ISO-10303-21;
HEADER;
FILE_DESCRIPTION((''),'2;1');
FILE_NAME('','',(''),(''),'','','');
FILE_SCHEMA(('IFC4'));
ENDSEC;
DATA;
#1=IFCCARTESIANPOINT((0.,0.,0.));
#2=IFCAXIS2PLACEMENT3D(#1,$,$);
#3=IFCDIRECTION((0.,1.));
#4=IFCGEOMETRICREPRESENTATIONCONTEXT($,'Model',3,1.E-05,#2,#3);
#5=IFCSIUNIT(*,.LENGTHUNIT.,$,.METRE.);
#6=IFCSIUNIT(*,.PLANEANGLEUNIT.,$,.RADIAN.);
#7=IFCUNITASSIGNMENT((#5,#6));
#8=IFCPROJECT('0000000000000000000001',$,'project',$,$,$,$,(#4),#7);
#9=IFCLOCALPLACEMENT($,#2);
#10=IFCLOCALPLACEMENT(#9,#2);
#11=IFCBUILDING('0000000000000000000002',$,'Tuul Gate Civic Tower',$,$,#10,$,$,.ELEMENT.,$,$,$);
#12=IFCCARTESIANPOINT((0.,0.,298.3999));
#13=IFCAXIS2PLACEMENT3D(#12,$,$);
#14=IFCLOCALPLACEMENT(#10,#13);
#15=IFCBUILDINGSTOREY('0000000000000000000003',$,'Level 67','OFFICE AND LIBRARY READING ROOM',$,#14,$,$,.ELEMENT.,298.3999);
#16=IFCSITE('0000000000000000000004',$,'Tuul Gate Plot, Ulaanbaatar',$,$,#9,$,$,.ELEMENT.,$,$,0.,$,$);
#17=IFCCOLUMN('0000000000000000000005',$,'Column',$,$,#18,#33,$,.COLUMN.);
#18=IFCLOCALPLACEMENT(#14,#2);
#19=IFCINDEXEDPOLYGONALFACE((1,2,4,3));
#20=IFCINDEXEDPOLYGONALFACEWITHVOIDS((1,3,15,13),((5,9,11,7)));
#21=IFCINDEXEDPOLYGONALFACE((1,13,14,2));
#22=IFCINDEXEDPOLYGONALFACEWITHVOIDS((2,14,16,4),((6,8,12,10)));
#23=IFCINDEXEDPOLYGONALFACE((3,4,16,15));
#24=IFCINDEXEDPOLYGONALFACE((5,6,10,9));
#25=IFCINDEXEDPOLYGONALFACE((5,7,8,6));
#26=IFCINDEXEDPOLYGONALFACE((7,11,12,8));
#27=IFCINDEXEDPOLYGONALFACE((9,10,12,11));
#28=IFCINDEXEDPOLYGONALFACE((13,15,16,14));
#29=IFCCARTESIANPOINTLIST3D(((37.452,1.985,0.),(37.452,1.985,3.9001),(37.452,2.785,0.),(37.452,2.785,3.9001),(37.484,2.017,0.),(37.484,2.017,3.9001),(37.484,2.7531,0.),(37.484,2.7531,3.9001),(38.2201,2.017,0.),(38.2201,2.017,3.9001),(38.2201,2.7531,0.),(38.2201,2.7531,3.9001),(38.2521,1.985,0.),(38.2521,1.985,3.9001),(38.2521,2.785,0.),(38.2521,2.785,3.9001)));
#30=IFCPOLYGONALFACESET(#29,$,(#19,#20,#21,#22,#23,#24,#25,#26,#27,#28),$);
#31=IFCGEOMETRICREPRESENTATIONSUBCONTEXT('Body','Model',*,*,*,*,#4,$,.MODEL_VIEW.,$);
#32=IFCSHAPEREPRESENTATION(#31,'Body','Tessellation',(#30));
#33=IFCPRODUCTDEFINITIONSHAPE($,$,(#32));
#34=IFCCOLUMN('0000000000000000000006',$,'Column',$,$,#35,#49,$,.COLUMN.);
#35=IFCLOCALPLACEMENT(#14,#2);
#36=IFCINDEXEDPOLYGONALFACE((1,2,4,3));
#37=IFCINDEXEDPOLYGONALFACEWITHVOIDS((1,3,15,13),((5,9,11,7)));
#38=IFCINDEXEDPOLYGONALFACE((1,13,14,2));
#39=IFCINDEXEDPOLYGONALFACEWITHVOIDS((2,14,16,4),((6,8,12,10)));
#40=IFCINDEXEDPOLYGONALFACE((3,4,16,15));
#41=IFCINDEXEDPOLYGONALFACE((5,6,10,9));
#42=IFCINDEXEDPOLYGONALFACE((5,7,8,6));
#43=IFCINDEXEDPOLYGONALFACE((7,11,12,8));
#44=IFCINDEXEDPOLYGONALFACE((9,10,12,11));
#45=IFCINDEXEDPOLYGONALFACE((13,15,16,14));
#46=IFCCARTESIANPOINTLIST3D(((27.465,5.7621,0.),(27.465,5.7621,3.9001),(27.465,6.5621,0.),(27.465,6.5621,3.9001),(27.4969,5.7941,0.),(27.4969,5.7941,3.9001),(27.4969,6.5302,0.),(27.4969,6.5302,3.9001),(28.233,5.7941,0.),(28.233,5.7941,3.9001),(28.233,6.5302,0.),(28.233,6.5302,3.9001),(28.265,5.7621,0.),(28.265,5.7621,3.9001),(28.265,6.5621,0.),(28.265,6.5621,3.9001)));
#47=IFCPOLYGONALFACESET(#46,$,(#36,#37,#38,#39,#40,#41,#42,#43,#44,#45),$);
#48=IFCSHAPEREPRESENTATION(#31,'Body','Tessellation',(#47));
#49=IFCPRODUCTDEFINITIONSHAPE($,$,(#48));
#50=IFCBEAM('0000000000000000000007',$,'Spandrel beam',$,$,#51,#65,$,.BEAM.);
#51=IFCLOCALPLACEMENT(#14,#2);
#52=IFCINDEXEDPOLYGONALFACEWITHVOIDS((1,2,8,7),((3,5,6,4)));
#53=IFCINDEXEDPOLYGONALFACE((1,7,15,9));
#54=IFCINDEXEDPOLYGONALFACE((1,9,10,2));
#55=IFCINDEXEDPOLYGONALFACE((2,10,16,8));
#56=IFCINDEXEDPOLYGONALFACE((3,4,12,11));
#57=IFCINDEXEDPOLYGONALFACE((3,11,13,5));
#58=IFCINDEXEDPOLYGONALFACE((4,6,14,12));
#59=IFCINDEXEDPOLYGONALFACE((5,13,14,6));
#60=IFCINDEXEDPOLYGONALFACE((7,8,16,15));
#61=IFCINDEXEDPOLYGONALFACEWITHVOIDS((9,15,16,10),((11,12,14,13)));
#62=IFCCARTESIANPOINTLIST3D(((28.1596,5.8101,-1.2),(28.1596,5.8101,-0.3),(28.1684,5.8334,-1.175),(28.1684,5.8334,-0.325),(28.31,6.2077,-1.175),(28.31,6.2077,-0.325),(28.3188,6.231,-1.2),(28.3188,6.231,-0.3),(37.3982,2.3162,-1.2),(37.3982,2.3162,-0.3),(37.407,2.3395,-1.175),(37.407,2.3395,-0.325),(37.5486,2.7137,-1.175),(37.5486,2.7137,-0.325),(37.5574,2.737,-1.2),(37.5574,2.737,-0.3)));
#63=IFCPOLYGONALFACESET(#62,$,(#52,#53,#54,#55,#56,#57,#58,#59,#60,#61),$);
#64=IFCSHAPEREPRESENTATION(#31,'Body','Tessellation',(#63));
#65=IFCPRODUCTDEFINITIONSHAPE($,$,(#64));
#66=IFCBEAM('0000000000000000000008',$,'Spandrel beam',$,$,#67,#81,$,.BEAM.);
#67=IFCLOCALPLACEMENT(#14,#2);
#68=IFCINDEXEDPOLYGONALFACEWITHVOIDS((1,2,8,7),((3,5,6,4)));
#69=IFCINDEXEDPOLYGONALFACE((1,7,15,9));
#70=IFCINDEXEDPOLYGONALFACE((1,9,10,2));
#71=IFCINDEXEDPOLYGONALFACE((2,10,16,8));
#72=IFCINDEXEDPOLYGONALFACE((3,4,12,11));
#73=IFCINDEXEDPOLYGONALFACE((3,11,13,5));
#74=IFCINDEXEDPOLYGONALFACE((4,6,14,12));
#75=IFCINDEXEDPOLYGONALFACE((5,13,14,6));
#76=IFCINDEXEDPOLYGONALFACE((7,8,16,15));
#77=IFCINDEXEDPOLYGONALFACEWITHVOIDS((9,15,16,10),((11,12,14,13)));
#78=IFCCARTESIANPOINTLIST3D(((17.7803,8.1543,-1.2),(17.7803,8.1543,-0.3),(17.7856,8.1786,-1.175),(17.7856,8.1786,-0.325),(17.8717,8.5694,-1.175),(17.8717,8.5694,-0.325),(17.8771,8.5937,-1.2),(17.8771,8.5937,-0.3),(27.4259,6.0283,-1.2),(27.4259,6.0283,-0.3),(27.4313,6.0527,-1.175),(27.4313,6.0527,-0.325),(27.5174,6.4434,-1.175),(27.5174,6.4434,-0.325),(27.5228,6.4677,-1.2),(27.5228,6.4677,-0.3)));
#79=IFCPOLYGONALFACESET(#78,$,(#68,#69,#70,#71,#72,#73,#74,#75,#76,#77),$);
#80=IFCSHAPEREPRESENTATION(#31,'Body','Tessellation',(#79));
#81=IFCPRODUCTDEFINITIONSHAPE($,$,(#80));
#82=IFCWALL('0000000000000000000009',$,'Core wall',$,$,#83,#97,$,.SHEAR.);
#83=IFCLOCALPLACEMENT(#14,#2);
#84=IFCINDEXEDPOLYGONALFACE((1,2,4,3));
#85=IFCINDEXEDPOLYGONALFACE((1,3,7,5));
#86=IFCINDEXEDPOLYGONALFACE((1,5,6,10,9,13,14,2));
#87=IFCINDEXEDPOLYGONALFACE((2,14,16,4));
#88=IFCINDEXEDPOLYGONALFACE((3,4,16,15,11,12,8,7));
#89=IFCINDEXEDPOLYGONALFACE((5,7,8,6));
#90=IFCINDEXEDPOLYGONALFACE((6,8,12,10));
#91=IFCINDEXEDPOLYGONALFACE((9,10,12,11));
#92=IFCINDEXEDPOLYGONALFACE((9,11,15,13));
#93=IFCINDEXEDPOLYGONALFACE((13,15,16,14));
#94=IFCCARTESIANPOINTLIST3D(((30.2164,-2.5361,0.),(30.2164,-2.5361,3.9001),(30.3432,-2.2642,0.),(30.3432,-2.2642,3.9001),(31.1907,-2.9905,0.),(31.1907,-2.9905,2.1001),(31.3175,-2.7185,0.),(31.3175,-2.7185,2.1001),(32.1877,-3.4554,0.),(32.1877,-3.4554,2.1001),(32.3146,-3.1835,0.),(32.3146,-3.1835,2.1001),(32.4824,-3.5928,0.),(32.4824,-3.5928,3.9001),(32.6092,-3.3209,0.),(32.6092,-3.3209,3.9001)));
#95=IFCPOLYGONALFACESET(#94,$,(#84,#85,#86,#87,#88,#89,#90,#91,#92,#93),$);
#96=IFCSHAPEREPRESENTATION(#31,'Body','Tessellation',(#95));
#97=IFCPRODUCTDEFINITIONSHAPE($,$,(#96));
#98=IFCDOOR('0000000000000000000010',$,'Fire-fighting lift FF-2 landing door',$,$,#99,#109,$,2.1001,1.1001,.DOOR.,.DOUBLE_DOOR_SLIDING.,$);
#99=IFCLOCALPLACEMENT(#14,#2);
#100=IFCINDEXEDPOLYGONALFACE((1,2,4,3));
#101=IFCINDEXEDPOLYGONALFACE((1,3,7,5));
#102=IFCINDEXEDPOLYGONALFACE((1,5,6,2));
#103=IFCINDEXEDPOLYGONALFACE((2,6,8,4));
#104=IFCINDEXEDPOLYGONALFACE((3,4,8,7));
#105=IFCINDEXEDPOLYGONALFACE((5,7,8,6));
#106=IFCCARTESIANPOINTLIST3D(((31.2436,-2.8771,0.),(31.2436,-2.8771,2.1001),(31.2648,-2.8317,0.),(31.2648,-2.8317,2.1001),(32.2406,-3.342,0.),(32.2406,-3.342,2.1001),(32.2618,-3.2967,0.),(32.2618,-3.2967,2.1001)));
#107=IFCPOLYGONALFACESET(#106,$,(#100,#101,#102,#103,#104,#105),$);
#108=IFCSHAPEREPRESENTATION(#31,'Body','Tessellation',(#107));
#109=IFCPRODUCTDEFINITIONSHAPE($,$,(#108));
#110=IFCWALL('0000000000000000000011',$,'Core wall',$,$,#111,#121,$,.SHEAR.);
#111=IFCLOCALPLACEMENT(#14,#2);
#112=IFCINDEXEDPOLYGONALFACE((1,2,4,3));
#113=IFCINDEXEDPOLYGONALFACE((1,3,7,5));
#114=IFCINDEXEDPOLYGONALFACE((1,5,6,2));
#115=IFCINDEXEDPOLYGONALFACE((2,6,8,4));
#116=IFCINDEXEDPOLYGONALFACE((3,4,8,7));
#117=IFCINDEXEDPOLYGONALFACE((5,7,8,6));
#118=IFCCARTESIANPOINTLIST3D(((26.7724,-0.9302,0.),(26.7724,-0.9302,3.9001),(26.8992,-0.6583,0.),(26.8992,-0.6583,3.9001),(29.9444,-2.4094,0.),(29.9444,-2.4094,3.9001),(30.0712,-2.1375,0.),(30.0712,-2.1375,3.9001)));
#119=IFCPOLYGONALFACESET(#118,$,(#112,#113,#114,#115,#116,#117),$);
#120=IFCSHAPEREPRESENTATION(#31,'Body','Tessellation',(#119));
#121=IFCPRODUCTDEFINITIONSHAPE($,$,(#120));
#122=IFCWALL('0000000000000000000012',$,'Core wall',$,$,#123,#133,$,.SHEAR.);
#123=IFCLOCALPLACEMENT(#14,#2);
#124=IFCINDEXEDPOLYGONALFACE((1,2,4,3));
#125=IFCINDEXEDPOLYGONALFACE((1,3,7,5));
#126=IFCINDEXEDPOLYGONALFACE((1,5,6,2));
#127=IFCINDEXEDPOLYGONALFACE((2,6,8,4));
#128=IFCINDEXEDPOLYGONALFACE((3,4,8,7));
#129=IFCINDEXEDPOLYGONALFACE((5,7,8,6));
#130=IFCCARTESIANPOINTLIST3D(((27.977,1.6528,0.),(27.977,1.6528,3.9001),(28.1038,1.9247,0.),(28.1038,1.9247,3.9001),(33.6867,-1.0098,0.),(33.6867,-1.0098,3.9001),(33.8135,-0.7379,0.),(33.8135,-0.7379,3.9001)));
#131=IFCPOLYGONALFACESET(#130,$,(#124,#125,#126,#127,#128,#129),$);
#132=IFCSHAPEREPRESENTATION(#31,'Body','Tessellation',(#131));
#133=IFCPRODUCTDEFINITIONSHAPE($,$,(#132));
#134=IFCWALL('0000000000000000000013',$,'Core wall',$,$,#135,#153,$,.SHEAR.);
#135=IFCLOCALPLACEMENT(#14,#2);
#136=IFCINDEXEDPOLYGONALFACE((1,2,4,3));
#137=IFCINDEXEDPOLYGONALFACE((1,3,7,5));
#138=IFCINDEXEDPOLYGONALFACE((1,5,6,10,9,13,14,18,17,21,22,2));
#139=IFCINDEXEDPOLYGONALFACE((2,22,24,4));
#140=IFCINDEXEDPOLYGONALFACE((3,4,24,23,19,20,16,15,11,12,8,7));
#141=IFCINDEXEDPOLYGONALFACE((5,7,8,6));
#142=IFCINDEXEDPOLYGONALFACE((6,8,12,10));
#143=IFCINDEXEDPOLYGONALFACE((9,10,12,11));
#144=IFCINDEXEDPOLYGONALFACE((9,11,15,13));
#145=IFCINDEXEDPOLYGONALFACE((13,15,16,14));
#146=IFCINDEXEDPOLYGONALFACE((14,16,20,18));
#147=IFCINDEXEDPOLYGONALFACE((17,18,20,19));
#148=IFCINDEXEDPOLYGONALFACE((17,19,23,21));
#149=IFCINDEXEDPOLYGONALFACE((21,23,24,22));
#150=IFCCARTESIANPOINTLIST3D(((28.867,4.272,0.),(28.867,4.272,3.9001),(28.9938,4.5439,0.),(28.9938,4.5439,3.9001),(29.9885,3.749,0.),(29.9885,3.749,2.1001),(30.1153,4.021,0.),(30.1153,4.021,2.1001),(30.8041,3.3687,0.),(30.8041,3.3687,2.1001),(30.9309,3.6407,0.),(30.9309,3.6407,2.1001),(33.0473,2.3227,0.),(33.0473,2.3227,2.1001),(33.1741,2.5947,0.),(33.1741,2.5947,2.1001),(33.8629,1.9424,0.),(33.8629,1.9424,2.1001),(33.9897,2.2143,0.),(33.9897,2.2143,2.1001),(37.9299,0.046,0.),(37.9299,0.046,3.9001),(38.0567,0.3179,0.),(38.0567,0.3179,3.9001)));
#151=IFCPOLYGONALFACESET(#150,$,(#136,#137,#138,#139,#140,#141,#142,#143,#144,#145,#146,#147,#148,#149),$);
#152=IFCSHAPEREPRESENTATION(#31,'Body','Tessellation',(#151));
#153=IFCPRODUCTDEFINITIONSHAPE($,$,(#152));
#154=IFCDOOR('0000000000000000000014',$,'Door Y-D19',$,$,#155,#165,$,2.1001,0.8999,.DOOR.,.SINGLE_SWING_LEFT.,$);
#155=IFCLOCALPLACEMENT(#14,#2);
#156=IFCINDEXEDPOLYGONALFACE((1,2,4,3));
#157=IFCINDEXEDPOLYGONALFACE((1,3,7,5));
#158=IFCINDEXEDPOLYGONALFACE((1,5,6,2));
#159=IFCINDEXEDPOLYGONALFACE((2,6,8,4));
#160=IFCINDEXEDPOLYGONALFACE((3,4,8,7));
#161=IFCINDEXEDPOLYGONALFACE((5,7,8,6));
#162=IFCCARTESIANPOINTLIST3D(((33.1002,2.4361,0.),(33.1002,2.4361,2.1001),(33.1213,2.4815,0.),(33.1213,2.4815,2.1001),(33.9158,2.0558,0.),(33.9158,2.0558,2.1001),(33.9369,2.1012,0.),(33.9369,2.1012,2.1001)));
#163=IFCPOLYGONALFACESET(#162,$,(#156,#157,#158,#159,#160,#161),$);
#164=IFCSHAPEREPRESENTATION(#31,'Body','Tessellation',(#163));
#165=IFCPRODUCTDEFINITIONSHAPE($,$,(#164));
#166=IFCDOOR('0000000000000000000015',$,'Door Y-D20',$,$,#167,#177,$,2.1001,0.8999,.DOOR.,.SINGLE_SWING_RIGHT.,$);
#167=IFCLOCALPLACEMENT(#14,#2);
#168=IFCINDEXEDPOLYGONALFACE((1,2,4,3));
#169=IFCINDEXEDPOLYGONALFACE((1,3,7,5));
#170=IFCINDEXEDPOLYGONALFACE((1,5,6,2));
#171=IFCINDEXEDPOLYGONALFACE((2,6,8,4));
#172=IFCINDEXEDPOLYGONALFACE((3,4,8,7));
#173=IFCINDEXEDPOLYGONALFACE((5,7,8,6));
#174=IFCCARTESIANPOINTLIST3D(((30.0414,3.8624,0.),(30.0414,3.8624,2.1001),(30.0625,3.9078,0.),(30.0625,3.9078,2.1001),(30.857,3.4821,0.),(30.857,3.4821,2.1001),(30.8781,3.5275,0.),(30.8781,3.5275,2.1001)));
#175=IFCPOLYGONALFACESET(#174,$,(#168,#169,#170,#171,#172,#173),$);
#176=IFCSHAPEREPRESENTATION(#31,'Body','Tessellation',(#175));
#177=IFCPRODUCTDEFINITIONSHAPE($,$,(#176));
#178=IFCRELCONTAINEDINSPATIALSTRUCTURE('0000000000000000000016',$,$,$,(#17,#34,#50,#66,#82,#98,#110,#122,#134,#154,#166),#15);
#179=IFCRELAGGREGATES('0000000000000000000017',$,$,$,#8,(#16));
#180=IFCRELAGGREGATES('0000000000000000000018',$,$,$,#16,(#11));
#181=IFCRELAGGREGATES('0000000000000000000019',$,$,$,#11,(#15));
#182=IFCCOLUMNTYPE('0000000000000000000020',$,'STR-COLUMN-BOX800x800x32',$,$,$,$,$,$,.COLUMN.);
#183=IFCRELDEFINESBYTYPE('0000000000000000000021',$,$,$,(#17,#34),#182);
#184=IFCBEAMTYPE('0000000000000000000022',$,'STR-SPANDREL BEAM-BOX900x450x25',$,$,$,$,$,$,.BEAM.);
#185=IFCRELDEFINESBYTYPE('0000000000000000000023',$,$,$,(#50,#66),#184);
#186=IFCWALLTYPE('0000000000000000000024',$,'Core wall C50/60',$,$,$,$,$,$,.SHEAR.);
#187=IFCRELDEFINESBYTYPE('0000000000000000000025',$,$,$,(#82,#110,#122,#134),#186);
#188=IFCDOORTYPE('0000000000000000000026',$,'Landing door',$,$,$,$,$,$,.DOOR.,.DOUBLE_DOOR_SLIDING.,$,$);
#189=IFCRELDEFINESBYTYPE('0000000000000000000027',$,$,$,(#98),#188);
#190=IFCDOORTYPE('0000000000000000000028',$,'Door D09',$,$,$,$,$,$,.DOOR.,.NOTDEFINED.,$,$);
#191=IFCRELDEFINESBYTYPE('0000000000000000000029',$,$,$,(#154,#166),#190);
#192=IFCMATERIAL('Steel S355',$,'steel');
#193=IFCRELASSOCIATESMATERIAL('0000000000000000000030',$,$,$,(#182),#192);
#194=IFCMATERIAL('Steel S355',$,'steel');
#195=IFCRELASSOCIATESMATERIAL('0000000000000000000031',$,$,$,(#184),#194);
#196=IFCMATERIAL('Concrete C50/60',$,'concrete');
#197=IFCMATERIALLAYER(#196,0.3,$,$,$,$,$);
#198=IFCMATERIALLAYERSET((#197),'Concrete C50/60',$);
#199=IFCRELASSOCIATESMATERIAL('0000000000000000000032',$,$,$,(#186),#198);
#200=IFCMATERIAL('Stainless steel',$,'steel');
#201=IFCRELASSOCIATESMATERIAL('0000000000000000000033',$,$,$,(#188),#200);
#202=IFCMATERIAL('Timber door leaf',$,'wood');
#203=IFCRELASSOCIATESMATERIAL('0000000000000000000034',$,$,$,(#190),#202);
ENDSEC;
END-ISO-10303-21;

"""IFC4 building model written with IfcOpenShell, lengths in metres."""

from ifc_helpers import new_model, si_unit, direction, frame, frame_2d, origin, origin_2d, place, context, subcontext, project, spatial, rectangle, hollow_rectangle, extrude, material, layer, layer_set, material_profile, profile_set, type_object, element, fill, save


model = new_model("IFC4")

# Units and contexts
model_context = context("Model", 3, precision=1e-05, world=origin(), true_north=direction((0.0, 1.0)))
body_context = subcontext(model_context, "Body", "Model", "MODEL_VIEW")
ifc_project = project(units=[si_unit("LENGTHUNIT", "METRE"), si_unit("PLANEANGLEUNIT", "RADIAN")], contexts=[model_context])

# Site, building, storey
site_placement = place(None, origin())
site = spatial("IfcSite", under=ifc_project, at=site_placement, Name="Tuul Gate Plot, Ulaanbaatar", CompositionType="ELEMENT", RefElevation=0.0)
building_placement = place(site_placement, origin())
building = spatial("IfcBuilding", under=site, at=building_placement, Name="Tuul Gate Civic Tower", CompositionType="ELEMENT")
storey_placement = place(building_placement, frame((0.0, 0.0, 298.3999)))
storey = spatial("IfcBuildingStorey", under=building, at=storey_placement, Name="Level 67", Description="OFFICE AND LIBRARY READING ROOM", CompositionType="ELEMENT", Elevation=298.3999)

# Columns
ifc_material_1 = material(Name="Steel S355", Category="steel")
ifc_material_profile_1 = material_profile(ifc_material_1, hollow_rectangle(XDim=0.8, YDim=0.8, WallThickness=0.032, at=origin_2d()), Name="BOX800x800x32")
ifc_profile_set_1 = profile_set([ifc_material_profile_1], Name="Steel S355")
column_type = type_object("IfcColumnType", Name="STR-COLUMN-BOX800x800x32", PredefinedType="COLUMN", material=ifc_profile_set_1)
for number, where, z_axis, x_axis, name in (
    (1, (37.8521, 2.385, 0.0), (0.0, 0.0, 1.0), (1.0, 0.0, 0.0), "Column"),
    (2, (27.865, 6.1621, 0.0), (0.0, 0.0, 1.0), (1.0, 0.0, 0.0), "Column"),
):
    element("IfcColumn", number, at=place(storey_placement, frame(where, z_axis=z_axis, x_axis=x_axis)), inside=storey, type_object=column_type, Name=name, PredefinedType="COLUMN", context=body_context, shape_type="SweptSolid", body=[
        extrude(hollow_rectangle(XDim=0.8, YDim=0.8, WallThickness=0.032, at=origin_2d()), origin(), (0.0, 0.0, 1.0), 3.9001),
    ])

# Beams
ifc_material_2 = material(Name="Steel S355", Category="steel")
ifc_material_profile_2 = material_profile(ifc_material_2, hollow_rectangle(XDim=0.45, YDim=0.8999, WallThickness=0.0249, at=origin_2d()), Name="BOX900x450x25")
ifc_profile_set_2 = profile_set([ifc_material_profile_2], Name="Steel S355")
beam_type = type_object("IfcBeamType", Name="STR-SPANDREL BEAM-BOX900x450x25", PredefinedType="BEAM", material=ifc_profile_set_2)
for number, where, z_axis, x_axis, name in (
    (3, (37.4778, 2.5266, -0.75), (-0.935345, 0.353736, 0.0), (-0.353736, -0.935345, 0.0), "Spandrel beam"),
    (4, (27.4744, 6.248, -0.75), (-0.976561, 0.215239, 0.0), (-0.215239, -0.976561, 0.0), "Spandrel beam"),
):
    element("IfcBeam", number, at=place(storey_placement, frame(where, z_axis=z_axis, x_axis=x_axis)), inside=storey, type_object=beam_type, Name=name, PredefinedType="BEAM", context=body_context, shape_type="SweptSolid", body=[
        extrude(hollow_rectangle(XDim=0.45, YDim=0.8999, WallThickness=0.0249, at=origin_2d()), origin(), (0.0, 0.0, 1.0), 9.8772),
    ])

# Wall, opening, door
ifc_material_3 = material(Name="Concrete C50/60", Category="concrete")
ifc_layer_1 = layer(ifc_material_3, 0.3)
ifc_layer_set_1 = layer_set([ifc_layer_1], Name="Concrete C50/60")
wall_type_1 = type_object("IfcWallType", Name="Core wall C50/60", PredefinedType="SHEAR", material=ifc_layer_set_1)
wall_1_placement = place(storey_placement, frame((32.5457, -3.4568, 0.0), z_axis=(0.0, 0.0, 1.0), x_axis=(-0.9063, 0.422634, 0.0)))
wall_1 = element("IfcWall", 5, at=wall_1_placement, inside=storey, type_object=wall_type_1, Name="Core wall", PredefinedType="SHEAR", context=body_context, shape_type="SweptSolid", body=[
    extrude(rectangle(XDim=2.5002, YDim=0.3, at=frame_2d((1.25, 0.0))), origin(), (0.0, 0.0, 1.0), 3.9001),
])
opening_1_placement = place(wall_1_placement, frame((0.325, 0.0, 0.0)))
opening_1 = element("IfcOpeningElement", 6, at=opening_1_placement, cuts=wall_1, PredefinedType="OPENING", context=body_context, shape_type="SweptSolid", body=[
    extrude(rectangle(XDim=1.1001, YDim=2.1001, at=frame_2d((0.55, 1.05))), frame((0.0, 0.1602, 0.0), z_axis=(0.0, -1.0, 0.0), x_axis=(1.0, 0.0, 0.0)), (0.0, 0.0, 1.0), 0.3201),
])
ifc_material_4 = material(Name="Stainless steel", Category="steel")
door_type_1 = type_object("IfcDoorType", Name="Landing door", OperationType="DOUBLE_DOOR_SLIDING", PredefinedType="DOOR", material=ifc_material_4)
door_1_placement = place(opening_1_placement, origin())
door_1 = element("IfcDoor", 7, at=door_1_placement, inside=storey, type_object=door_type_1, Name="Fire-fighting lift FF-2 landing door", OperationType="DOUBLE_DOOR_SLIDING", OverallHeight=2.1001, OverallWidth=1.1001, PredefinedType="DOOR", context=body_context, shape_type="SweptSolid", body=[
    extrude(rectangle(XDim=1.1001, YDim=2.1001, at=frame_2d((0.55, 1.05))), frame((0.0, 0.0249, 0.0), z_axis=(0.0, -1.0, 0.0), x_axis=(1.0, 0.0, 0.0)), (0.0, 0.0, 1.0), 0.05),
])
fill(opening_1, door_1)

# Walls
wall_2_placement = place(storey_placement, frame((30.0078, -2.2734, 0.0), z_axis=(0.0, 0.0, 1.0), x_axis=(-0.906301, 0.422633, 0.0)))
element("IfcWall", 8, at=wall_2_placement, inside=storey, type_object=wall_type_1, Name="Core wall", PredefinedType="SHEAR", context=body_context, shape_type="SweptSolid", body=[
    extrude(rectangle(XDim=3.5, YDim=0.3, at=frame_2d((1.75, 0.0))), origin(), (0.0, 0.0, 1.0), 3.9001),
])
wall_3_placement = place(storey_placement, frame((33.75, -0.8738, 0.0), z_axis=(0.0, 0.0, 1.0), x_axis=(-0.906301, 0.422633, 0.0)))
element("IfcWall", 9, at=wall_3_placement, inside=storey, type_object=wall_type_1, Name="Core wall", PredefinedType="SHEAR", context=body_context, shape_type="SweptSolid", body=[
    extrude(rectangle(XDim=6.3, YDim=0.3, at=frame_2d((3.1499, 0.0))), origin(), (0.0, 0.0, 1.0), 3.9001),
])

# Wall, openings, doors
wall_4_placement = place(storey_placement, frame((37.9934, 0.1819, 0.0), z_axis=(0.0, 0.0, 1.0), x_axis=(-0.90631, 0.422613, 0.0)))
wall_4 = element("IfcWall", 10, at=wall_4_placement, inside=storey, type_object=wall_type_1, Name="Core wall", PredefinedType="SHEAR", context=body_context, shape_type="SweptSolid", body=[
    extrude(rectangle(XDim=9.9998, YDim=0.3, at=frame_2d((5.0, 0.0))), origin(), (0.0, 0.0, 1.0), 3.9001),
])
opening_2_placement = place(wall_4_placement, frame((4.4875, 0.0, 0.0)))
opening_2 = element("IfcOpeningElement", 11, at=opening_2_placement, cuts=wall_4, PredefinedType="OPENING", context=body_context, shape_type="SweptSolid", body=[
    extrude(rectangle(XDim=0.8999, YDim=2.1001, at=frame_2d((0.45, 1.05))), frame((0.0, 0.1602, 0.0), z_axis=(0.0, -1.0, 0.0), x_axis=(1.0, 0.0, 0.0)), (0.0, 0.0, 1.0), 0.3201),
])
opening_3_placement = place(wall_4_placement, frame((7.8625, 0.0, 0.0)))
opening_3 = element("IfcOpeningElement", 12, at=opening_3_placement, cuts=wall_4, PredefinedType="OPENING", context=body_context, shape_type="SweptSolid", body=[
    extrude(rectangle(XDim=0.8999, YDim=2.1001, at=frame_2d((0.45, 1.05))), frame((0.0, 0.1602, 0.0), z_axis=(0.0, -1.0, 0.0), x_axis=(1.0, 0.0, 0.0)), (0.0, 0.0, 1.0), 0.3201),
])
ifc_material_5 = material(Name="Timber door leaf", Category="wood")
door_type_2 = type_object("IfcDoorType", Name="Door D09", OperationType="NOTDEFINED", PredefinedType="DOOR", material=ifc_material_5)
door_2_placement = place(opening_2_placement, origin())
door_2 = element("IfcDoor", 13, at=door_2_placement, inside=storey, type_object=door_type_2, Name="Door Y-D19", OperationType="SINGLE_SWING_LEFT", OverallHeight=2.1001, OverallWidth=0.8999, PredefinedType="DOOR", context=body_context, shape_type="SweptSolid", body=[
    extrude(rectangle(XDim=0.8999, YDim=2.1001, at=frame_2d((0.45, 1.05))), frame((0.0, 0.0249, 0.0), z_axis=(0.0, -1.0, 0.0), x_axis=(1.0, 0.0, 0.0)), (0.0, 0.0, 1.0), 0.05),
])
fill(opening_2, door_2)
door_3_placement = place(opening_3_placement, origin())
door_3 = element("IfcDoor", 14, at=door_3_placement, inside=storey, type_object=door_type_2, Name="Door Y-D20", OperationType="SINGLE_SWING_RIGHT", OverallHeight=2.1001, OverallWidth=0.8999, PredefinedType="DOOR", context=body_context, shape_type="SweptSolid", body=[
    extrude(rectangle(XDim=0.8999, YDim=2.1001, at=frame_2d((0.45, 1.05))), frame((0.0, 0.0249, 0.0), z_axis=(0.0, -1.0, 0.0), x_axis=(1.0, 0.0, 0.0)), (0.0, 0.0, 1.0), 0.05),
])
fill(opening_3, door_3)

save(model, "model.ifc")
